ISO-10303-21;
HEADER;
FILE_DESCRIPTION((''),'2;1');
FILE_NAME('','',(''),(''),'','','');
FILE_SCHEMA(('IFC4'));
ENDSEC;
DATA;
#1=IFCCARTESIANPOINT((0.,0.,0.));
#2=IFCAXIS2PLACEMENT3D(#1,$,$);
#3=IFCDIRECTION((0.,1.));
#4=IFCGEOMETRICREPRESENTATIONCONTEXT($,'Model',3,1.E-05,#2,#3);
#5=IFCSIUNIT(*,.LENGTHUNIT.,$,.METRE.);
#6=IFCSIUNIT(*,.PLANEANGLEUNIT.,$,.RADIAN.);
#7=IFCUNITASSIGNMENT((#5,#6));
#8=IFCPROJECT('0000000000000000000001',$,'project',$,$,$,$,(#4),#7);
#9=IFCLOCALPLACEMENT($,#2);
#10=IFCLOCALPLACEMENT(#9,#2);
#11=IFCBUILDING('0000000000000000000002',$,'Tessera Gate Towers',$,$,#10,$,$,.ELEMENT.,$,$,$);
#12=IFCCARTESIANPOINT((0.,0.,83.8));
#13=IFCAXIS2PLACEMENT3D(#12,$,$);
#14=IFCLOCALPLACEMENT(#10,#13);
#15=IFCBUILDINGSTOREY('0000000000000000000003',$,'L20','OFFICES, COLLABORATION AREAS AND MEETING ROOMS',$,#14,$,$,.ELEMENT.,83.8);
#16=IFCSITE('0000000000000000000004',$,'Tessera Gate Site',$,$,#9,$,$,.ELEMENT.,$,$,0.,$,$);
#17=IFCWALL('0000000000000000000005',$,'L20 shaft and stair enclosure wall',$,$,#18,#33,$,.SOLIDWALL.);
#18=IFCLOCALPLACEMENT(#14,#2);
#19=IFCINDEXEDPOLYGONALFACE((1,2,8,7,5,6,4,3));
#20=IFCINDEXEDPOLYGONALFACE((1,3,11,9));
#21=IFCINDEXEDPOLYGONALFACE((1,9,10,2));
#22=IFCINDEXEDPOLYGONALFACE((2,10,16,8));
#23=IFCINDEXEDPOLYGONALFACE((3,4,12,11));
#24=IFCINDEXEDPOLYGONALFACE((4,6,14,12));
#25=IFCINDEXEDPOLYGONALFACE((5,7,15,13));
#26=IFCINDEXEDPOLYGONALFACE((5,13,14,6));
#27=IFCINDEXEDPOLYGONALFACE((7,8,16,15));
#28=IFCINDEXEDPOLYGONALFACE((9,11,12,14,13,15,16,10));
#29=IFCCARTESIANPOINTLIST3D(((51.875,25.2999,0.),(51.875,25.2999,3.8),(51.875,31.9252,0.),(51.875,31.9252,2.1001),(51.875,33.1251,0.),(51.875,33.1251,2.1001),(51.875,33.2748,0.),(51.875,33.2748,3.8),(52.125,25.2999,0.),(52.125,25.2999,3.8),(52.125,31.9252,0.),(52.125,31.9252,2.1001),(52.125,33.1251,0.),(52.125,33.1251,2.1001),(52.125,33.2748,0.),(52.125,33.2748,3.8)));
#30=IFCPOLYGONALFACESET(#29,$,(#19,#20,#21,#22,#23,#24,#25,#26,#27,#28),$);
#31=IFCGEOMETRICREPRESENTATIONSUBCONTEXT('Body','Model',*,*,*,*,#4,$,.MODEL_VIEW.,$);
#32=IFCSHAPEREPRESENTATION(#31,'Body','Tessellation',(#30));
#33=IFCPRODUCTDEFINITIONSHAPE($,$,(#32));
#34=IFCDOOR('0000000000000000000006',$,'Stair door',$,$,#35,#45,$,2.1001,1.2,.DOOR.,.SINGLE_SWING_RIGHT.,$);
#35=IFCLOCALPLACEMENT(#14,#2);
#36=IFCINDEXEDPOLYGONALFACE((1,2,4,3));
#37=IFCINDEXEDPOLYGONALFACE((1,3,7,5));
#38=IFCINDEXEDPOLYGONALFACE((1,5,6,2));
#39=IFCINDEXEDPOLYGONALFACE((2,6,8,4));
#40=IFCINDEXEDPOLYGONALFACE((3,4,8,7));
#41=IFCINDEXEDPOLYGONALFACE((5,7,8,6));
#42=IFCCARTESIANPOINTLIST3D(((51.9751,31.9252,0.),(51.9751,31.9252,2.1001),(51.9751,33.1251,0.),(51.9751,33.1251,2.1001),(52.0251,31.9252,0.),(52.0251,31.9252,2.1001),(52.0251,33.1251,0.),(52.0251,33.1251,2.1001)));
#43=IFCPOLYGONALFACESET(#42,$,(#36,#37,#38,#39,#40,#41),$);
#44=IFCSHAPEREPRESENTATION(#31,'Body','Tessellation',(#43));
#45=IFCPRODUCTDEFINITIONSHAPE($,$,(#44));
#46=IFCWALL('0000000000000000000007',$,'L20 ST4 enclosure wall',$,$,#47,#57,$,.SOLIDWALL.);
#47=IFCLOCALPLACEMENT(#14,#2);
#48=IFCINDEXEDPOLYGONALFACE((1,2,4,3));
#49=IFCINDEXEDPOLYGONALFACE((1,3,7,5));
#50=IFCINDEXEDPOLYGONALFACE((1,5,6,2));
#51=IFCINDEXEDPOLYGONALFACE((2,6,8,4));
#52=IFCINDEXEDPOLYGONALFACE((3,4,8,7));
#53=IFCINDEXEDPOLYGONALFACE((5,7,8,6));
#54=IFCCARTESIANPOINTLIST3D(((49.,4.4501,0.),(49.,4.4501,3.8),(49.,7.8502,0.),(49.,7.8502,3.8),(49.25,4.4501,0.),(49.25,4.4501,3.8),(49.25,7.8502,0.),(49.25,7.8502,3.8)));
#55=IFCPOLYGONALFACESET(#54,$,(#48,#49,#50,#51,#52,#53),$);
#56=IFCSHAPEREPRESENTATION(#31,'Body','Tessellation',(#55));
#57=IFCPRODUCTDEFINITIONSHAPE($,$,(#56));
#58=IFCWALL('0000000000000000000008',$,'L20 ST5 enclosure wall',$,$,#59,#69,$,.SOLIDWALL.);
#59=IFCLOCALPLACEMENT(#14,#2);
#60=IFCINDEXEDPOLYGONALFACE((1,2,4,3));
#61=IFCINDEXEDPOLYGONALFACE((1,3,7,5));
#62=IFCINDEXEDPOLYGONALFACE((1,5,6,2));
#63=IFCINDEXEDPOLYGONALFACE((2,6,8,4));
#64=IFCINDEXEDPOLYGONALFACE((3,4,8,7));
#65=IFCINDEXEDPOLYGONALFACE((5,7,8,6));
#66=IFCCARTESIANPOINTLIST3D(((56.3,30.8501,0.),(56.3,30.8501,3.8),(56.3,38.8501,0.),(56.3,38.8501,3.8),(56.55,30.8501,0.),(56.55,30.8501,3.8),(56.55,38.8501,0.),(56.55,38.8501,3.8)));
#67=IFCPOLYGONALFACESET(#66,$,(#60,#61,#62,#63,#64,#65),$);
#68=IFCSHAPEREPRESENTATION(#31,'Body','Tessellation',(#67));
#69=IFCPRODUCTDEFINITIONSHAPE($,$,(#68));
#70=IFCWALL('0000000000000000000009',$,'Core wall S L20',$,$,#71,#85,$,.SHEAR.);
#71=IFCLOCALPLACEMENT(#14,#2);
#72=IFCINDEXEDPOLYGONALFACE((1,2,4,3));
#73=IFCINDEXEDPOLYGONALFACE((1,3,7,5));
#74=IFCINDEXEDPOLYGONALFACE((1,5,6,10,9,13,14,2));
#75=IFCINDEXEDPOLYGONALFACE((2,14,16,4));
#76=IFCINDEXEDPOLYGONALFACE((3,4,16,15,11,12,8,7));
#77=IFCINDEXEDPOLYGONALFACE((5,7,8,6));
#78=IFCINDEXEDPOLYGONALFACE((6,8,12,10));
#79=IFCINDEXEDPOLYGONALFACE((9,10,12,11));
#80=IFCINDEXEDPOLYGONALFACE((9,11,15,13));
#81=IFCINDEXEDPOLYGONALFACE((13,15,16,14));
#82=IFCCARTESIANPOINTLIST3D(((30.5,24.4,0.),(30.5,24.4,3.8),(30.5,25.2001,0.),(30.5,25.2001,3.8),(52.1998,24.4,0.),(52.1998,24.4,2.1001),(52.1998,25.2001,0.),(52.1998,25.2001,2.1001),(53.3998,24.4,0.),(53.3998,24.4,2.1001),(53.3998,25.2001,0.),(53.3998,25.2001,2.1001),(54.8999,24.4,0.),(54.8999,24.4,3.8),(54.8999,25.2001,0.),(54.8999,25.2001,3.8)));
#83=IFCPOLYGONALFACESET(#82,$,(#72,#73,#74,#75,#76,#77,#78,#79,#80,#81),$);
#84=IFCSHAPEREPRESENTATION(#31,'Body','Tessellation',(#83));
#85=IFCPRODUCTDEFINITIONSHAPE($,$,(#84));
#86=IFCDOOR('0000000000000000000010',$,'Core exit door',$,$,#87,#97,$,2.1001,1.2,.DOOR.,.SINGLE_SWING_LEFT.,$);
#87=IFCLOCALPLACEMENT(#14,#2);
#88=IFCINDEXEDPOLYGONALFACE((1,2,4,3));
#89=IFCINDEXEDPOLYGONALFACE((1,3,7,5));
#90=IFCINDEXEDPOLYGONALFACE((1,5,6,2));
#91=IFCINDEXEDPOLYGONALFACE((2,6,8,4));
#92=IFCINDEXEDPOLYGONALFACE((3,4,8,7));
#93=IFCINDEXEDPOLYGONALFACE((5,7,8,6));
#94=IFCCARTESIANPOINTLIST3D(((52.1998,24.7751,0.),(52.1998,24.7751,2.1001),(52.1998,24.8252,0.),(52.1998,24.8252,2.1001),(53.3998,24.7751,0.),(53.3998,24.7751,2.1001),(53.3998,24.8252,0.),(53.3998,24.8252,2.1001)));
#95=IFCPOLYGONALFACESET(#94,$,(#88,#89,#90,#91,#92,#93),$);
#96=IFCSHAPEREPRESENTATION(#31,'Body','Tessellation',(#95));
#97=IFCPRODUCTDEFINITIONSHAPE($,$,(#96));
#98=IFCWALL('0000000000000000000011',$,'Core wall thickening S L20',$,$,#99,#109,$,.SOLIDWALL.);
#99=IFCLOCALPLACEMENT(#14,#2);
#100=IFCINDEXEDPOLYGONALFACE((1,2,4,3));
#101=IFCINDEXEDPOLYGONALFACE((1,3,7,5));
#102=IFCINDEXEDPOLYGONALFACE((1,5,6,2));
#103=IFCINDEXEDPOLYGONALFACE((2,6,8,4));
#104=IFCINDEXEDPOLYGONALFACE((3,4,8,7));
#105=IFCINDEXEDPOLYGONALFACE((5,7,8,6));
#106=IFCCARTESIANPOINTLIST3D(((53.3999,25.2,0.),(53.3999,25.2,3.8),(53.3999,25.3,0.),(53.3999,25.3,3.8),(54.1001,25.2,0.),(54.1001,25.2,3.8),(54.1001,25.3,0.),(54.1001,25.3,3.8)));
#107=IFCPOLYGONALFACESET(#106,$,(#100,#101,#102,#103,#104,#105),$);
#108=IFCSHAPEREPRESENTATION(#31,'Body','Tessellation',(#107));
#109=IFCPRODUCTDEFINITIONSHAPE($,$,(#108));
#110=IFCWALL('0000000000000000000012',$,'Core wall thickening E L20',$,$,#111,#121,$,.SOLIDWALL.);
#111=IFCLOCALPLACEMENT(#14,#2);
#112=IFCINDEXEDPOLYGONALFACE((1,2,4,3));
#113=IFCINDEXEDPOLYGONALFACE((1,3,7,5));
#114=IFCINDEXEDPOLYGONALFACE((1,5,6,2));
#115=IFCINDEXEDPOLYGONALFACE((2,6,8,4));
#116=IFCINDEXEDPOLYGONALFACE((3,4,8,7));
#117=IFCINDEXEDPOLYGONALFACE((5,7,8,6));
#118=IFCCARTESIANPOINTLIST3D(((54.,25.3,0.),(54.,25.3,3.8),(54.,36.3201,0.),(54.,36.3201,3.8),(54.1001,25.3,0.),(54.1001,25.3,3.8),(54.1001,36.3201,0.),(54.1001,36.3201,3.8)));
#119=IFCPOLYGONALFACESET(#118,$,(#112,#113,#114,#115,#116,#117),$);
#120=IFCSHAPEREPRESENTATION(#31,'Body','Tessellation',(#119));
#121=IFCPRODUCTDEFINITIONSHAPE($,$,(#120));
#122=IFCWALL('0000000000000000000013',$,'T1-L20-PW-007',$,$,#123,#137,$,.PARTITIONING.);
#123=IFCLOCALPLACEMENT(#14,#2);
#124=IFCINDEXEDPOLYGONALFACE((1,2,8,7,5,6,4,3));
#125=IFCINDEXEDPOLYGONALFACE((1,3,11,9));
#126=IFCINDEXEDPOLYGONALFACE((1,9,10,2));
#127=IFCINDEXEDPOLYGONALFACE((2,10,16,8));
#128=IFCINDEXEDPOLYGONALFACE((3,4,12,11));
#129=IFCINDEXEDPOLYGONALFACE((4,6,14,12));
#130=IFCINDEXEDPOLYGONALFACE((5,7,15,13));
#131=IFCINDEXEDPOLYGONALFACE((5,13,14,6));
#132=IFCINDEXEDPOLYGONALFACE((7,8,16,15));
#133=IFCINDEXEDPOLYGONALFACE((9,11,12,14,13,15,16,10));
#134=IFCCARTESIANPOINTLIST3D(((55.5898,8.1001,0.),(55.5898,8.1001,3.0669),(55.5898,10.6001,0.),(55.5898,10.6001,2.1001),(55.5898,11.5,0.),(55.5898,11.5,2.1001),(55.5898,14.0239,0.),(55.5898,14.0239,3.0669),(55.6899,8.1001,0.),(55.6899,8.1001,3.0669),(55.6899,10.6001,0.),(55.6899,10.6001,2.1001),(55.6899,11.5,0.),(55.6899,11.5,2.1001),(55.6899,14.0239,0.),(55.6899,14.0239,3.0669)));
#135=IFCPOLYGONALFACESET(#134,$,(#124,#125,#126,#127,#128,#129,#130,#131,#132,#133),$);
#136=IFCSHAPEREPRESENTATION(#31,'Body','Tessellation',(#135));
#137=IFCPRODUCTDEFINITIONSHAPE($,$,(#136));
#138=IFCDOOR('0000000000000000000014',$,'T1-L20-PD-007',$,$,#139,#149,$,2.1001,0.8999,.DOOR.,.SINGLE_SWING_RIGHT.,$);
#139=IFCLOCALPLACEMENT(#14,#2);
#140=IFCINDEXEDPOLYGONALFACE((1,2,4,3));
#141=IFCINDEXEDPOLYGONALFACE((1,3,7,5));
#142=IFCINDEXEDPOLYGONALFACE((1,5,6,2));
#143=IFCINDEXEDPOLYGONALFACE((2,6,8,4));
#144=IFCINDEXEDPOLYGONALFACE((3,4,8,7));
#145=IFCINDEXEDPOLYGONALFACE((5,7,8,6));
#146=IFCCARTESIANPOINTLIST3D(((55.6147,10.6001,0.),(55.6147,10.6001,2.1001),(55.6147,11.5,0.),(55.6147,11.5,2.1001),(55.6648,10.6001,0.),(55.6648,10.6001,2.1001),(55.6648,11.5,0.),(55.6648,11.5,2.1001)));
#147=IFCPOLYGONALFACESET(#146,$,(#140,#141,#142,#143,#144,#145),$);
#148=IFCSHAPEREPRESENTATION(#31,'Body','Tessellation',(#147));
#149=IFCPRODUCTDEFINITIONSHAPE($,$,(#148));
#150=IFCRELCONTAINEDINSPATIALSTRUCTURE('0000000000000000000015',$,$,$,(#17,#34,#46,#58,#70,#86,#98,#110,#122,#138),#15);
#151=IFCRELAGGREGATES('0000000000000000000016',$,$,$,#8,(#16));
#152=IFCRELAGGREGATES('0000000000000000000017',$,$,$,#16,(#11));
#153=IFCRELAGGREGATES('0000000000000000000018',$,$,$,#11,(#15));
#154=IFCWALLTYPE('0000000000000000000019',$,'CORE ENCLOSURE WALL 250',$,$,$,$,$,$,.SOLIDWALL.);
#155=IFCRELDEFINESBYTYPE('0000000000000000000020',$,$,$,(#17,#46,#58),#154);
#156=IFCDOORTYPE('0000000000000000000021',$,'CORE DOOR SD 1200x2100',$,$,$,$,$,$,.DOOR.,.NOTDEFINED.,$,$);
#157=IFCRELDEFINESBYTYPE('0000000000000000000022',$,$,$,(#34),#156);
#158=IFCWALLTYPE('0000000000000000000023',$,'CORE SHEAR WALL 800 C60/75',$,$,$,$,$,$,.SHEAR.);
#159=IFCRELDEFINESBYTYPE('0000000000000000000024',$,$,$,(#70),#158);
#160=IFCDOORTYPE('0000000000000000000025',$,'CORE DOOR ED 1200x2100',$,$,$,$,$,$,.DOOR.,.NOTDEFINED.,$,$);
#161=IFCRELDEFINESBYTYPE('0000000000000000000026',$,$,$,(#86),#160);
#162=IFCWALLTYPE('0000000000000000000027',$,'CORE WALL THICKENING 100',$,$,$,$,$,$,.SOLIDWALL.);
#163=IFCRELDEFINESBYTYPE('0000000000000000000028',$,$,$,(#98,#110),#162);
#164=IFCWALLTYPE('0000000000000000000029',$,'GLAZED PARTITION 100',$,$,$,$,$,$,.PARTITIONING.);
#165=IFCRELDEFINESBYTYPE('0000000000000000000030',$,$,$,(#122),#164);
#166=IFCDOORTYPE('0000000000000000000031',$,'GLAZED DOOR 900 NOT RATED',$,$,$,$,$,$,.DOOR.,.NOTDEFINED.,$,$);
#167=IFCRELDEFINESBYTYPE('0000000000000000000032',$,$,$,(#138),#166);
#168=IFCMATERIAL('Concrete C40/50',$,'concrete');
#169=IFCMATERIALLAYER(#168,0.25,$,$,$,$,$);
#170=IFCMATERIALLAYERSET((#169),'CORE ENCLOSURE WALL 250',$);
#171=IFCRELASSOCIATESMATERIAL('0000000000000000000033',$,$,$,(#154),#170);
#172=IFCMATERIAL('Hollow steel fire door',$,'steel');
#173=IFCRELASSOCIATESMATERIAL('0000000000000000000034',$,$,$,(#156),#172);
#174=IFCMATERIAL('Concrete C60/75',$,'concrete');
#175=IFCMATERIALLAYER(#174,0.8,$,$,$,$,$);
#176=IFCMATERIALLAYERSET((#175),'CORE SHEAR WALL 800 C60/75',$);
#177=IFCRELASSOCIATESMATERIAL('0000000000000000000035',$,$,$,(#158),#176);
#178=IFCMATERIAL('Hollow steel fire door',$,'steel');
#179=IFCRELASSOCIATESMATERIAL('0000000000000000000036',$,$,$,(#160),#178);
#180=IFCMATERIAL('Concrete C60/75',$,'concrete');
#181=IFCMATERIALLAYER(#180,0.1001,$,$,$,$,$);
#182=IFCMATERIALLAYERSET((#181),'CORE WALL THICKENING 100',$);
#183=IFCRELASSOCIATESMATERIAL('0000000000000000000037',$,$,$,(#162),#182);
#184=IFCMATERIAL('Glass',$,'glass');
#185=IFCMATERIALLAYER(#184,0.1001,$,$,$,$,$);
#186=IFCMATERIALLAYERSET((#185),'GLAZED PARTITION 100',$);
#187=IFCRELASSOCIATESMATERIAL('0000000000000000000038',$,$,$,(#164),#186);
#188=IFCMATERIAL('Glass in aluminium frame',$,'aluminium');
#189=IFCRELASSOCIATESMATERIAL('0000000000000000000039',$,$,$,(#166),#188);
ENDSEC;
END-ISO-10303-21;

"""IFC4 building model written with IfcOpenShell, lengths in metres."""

from ifc_helpers import new_model, si_unit, direction, frame, frame_2d, origin, place, context, subcontext, project, spatial, rectangle, extrude, source, transform, mapped, material, layer, layer_set, type_object, element, fill, save


model = new_model("IFC4")

# Units and contexts
model_context = context("Model", 3, precision=1e-05, world=origin(), true_north=direction((0.0, 1.0)))
body_context = subcontext(model_context, "Body", "Model", "MODEL_VIEW")
ifc_project = project(units=[si_unit("LENGTHUNIT", "METRE"), si_unit("PLANEANGLEUNIT", "RADIAN")], contexts=[model_context])

# Site, building, storey
site_placement = place(None, origin())
site = spatial("IfcSite", under=ifc_project, at=site_placement, Name="Tessera Gate Site", CompositionType="ELEMENT", RefElevation=0.0)
building_placement = place(site_placement, origin())
building = spatial("IfcBuilding", under=site, at=building_placement, Name="Tessera Gate Towers", CompositionType="ELEMENT")
storey_placement = place(building_placement, frame((0.0, 0.0, 83.8)))
storey = spatial("IfcBuildingStorey", under=building, at=storey_placement, Name="L20", Description="OFFICES, COLLABORATION AREAS AND MEETING ROOMS", CompositionType="ELEMENT", Elevation=83.8)

# Wall, opening, door
ifc_material_1 = material(Name="Concrete C40/50", Category="concrete")
ifc_layer_1 = layer(ifc_material_1, 0.25)
ifc_layer_set_1 = layer_set([ifc_layer_1], Name="CORE ENCLOSURE WALL 250")
wall_type_1 = type_object("IfcWallType", Name="CORE ENCLOSURE WALL 250", PredefinedType="SOLIDWALL", material=ifc_layer_set_1)
wall_1_placement = place(storey_placement, frame((52.0, 25.3, 0.0), z_axis=(0.0, 0.0, 1.0), x_axis=(0.0, 1.0, 0.0)))
wall_1 = element("IfcWall", 1, at=wall_1_placement, inside=storey, type_object=wall_type_1, Name="L20 shaft and stair enclosure wall", PredefinedType="SOLIDWALL", context=body_context, shape_type="SweptSolid", body=[
    extrude(rectangle(XDim=7.9749, YDim=0.25, at=frame_2d((3.9873, 0.0))), origin(), (0.0, 0.0, 1.0), 3.8),
])
shared_shape_1 = source(origin(), body_context, "Body", "SweptSolid", [
    extrude(rectangle(XDim=1.2, YDim=2.1001, at=frame_2d((0.6001, 1.05))), frame((0.0, 0.135, 0.0), z_axis=(0.0, -1.0, 0.0), x_axis=(1.0, 0.0, 0.0)), (0.0, 0.0, 1.0), 0.27),
])
opening_1_placement = place(wall_1_placement, frame((6.625, 0.0, 0.0)))
opening_1 = element("IfcOpeningElement", 2, at=opening_1_placement, cuts=wall_1, PredefinedType="OPENING", context=body_context, shape_type="MappedRepresentation", body=[
    mapped(shared_shape_1, transform((0.0, 0.0, 0.0), scale=1.0)),
])
ifc_material_2 = material(Name="Hollow steel fire door", Category="steel")
door_type_1 = type_object("IfcDoorType", Name="CORE DOOR SD 1200x2100", OperationType="NOTDEFINED", PredefinedType="DOOR", material=ifc_material_2)
shared_shape_2 = source(origin(), body_context, "Body", "SweptSolid", [
    extrude(rectangle(XDim=1.2, YDim=2.1001, at=frame_2d((0.6001, 1.05))), frame((0.0, 0.0249, 0.0), z_axis=(0.0, -1.0, 0.0), x_axis=(1.0, 0.0, 0.0)), (0.0, 0.0, 1.0), 0.05),
])
door_1_placement = place(opening_1_placement, origin())
door_1 = element("IfcDoor", 3, at=door_1_placement, inside=storey, type_object=door_type_1, Name="Stair door", OperationType="SINGLE_SWING_RIGHT", OverallHeight=2.1001, OverallWidth=1.2, PredefinedType="DOOR", context=body_context, shape_type="MappedRepresentation", body=[
    mapped(shared_shape_2, transform((0.0, 0.0, 0.0), scale=1.0)),
])
fill(opening_1, door_1)

# Walls
wall_2_placement = place(storey_placement, frame((49.125, 4.45, 0.0), z_axis=(0.0, 0.0, 1.0), x_axis=(0.0, 1.0, 0.0)))
element("IfcWall", 4, at=wall_2_placement, inside=storey, type_object=wall_type_1, Name="L20 ST4 enclosure wall", PredefinedType="SOLIDWALL", context=body_context, shape_type="SweptSolid", body=[
    extrude(rectangle(XDim=3.4001, YDim=0.25, at=frame_2d((1.7002, 0.0))), origin(), (0.0, 0.0, 1.0), 3.8),
])
wall_3_placement = place(storey_placement, frame((56.425, 30.8501, 0.0), z_axis=(0.0, 0.0, 1.0), x_axis=(0.0, 1.0, 0.0)))
element("IfcWall", 5, at=wall_3_placement, inside=storey, type_object=wall_type_1, Name="L20 ST5 enclosure wall", PredefinedType="SOLIDWALL", context=body_context, shape_type="SweptSolid", body=[
    extrude(rectangle(XDim=8.0, YDim=0.25, at=frame_2d((4.0, 0.0))), origin(), (0.0, 0.0, 1.0), 3.8),
])

# Wall, opening, door
ifc_material_3 = material(Name="Concrete C60/75", Category="concrete")
ifc_layer_2 = layer(ifc_material_3, 0.8)
ifc_layer_set_2 = layer_set([ifc_layer_2], Name="CORE SHEAR WALL 800 C60/75")
wall_type_2 = type_object("IfcWallType", Name="CORE SHEAR WALL 800 C60/75", PredefinedType="SHEAR", material=ifc_layer_set_2)
wall_4_placement = place(storey_placement, frame((54.8999, 24.8, 0.0), z_axis=(0.0, 0.0, 1.0), x_axis=(-1.0, 0.0, 0.0)))
wall_4 = element("IfcWall", 6, at=wall_4_placement, inside=storey, type_object=wall_type_2, Name="Core wall S L20", PredefinedType="SHEAR", context=body_context, shape_type="SweptSolid", body=[
    extrude(rectangle(XDim=24.3999, YDim=0.8, at=frame_2d((12.2, 0.0))), origin(), (0.0, 0.0, 1.0), 3.8),
])
shared_shape_3 = source(origin(), body_context, "Body", "SweptSolid", [
    extrude(rectangle(XDim=1.2, YDim=2.1001, at=frame_2d((0.6001, 1.05))), frame((0.0, 0.4099, 0.0), z_axis=(0.0, -1.0, 0.0), x_axis=(1.0, 0.0, 0.0)), (0.0, 0.0, 1.0), 0.8201),
])
opening_2_placement = place(wall_4_placement, frame((1.5, 0.0, 0.0)))
opening_2 = element("IfcOpeningElement", 7, at=opening_2_placement, cuts=wall_4, PredefinedType="OPENING", context=body_context, shape_type="MappedRepresentation", body=[
    mapped(shared_shape_3, transform((0.0, 0.0, 0.0), scale=1.0)),
])
ifc_material_4 = material(Name="Hollow steel fire door", Category="steel")
door_type_2 = type_object("IfcDoorType", Name="CORE DOOR ED 1200x2100", OperationType="NOTDEFINED", PredefinedType="DOOR", material=ifc_material_4)
door_2_placement = place(opening_2_placement, origin())
door_2 = element("IfcDoor", 8, at=door_2_placement, inside=storey, type_object=door_type_2, Name="Core exit door", OperationType="SINGLE_SWING_LEFT", OverallHeight=2.1001, OverallWidth=1.2, PredefinedType="DOOR", context=body_context, shape_type="MappedRepresentation", body=[
    mapped(shared_shape_2, transform((0.0, 0.0, 0.0), scale=1.0)),
])
fill(opening_2, door_2)

# Walls
ifc_material_5 = material(Name="Concrete C60/75", Category="concrete")
ifc_layer_3 = layer(ifc_material_5, 0.1001)
ifc_layer_set_3 = layer_set([ifc_layer_3], Name="CORE WALL THICKENING 100")
wall_type_3 = type_object("IfcWallType", Name="CORE WALL THICKENING 100", PredefinedType="SOLIDWALL", material=ifc_layer_set_3)
wall_5_placement = place(storey_placement, frame((53.3999, 25.25, 0.0), z_axis=(0.0, 0.0, 1.0), x_axis=(1.0, 0.0, 0.0)))
element("IfcWall", 9, at=wall_5_placement, inside=storey, type_object=wall_type_3, Name="Core wall thickening S L20", PredefinedType="SOLIDWALL", context=body_context, shape_type="SweptSolid", body=[
    extrude(rectangle(XDim=0.7002, YDim=0.1001, at=frame_2d((0.3501, 0.0))), origin(), (0.0, 0.0, 1.0), 3.8),
])
wall_6_placement = place(storey_placement, frame((54.05, 25.3, 0.0), z_axis=(0.0, 0.0, 1.0), x_axis=(0.0, 1.0, 0.0)))
element("IfcWall", 10, at=wall_6_placement, inside=storey, type_object=wall_type_3, Name="Core wall thickening E L20", PredefinedType="SOLIDWALL", context=body_context, shape_type="SweptSolid", body=[
    extrude(rectangle(XDim=11.02, YDim=0.1001, at=frame_2d((5.51, 0.0))), origin(), (0.0, 0.0, 1.0), 3.8),
])

# Wall, opening, door
ifc_material_6 = material(Name="Glass", Category="glass")
ifc_layer_4 = layer(ifc_material_6, 0.1001)
ifc_layer_set_4 = layer_set([ifc_layer_4], Name="GLAZED PARTITION 100")
wall_type_4 = type_object("IfcWallType", Name="GLAZED PARTITION 100", PredefinedType="PARTITIONING", material=ifc_layer_set_4)
wall_7_placement = place(storey_placement, frame((55.6399, 14.0239, 0.0), z_axis=(0.0, 0.0, 1.0), x_axis=(0.0, -1.0, 0.0)))
wall_7 = element("IfcWall", 11, at=wall_7_placement, inside=storey, type_object=wall_type_4, Name="T1-L20-PW-007", PredefinedType="PARTITIONING", context=body_context, shape_type="SweptSolid", body=[
    extrude(rectangle(XDim=5.9238, YDim=0.1001, at=frame_2d((2.9619, 0.0))), origin(), (0.0, 0.0, 1.0), 3.0669),
])
shared_shape_4 = source(origin(), body_context, "Body", "SweptSolid", [
    extrude(rectangle(XDim=0.8999, YDim=2.1001, at=frame_2d((0.45, 1.05))), frame((0.0, 0.0601, 0.0), z_axis=(0.0, -1.0, 0.0), x_axis=(1.0, 0.0, 0.0)), (0.0, 0.0, 1.0), 0.1201),
])
opening_3_placement = place(wall_7_placement, frame((2.5239, 0.0, 0.0)))
opening_3 = element("IfcOpeningElement", 12, at=opening_3_placement, cuts=wall_7, PredefinedType="OPENING", context=body_context, shape_type="MappedRepresentation", body=[
    mapped(shared_shape_4, transform((0.0, 0.0, 0.0), scale=1.0)),
])
ifc_material_7 = material(Name="Glass in aluminium frame", Category="aluminium")
door_type_3 = type_object("IfcDoorType", Name="GLAZED DOOR 900 NOT RATED", OperationType="NOTDEFINED", PredefinedType="DOOR", material=ifc_material_7)
shared_shape_5 = source(origin(), body_context, "Body", "SweptSolid", [
    extrude(rectangle(XDim=0.8999, YDim=2.1001, at=frame_2d((0.45, 1.05))), frame((0.0, 0.0249, 0.0), z_axis=(0.0, -1.0, 0.0), x_axis=(1.0, 0.0, 0.0)), (0.0, 0.0, 1.0), 0.05),
])
door_3_placement = place(opening_3_placement, origin())
door_3 = element("IfcDoor", 13, at=door_3_placement, inside=storey, type_object=door_type_3, Name="T1-L20-PD-007", OperationType="SINGLE_SWING_RIGHT", OverallHeight=2.1001, OverallWidth=0.8999, PredefinedType="DOOR", context=body_context, shape_type="MappedRepresentation", body=[
    mapped(shared_shape_5, transform((0.0, 0.0, 0.0), scale=1.0)),
])
fill(opening_3, door_3)

save(model, "model.ifc")
